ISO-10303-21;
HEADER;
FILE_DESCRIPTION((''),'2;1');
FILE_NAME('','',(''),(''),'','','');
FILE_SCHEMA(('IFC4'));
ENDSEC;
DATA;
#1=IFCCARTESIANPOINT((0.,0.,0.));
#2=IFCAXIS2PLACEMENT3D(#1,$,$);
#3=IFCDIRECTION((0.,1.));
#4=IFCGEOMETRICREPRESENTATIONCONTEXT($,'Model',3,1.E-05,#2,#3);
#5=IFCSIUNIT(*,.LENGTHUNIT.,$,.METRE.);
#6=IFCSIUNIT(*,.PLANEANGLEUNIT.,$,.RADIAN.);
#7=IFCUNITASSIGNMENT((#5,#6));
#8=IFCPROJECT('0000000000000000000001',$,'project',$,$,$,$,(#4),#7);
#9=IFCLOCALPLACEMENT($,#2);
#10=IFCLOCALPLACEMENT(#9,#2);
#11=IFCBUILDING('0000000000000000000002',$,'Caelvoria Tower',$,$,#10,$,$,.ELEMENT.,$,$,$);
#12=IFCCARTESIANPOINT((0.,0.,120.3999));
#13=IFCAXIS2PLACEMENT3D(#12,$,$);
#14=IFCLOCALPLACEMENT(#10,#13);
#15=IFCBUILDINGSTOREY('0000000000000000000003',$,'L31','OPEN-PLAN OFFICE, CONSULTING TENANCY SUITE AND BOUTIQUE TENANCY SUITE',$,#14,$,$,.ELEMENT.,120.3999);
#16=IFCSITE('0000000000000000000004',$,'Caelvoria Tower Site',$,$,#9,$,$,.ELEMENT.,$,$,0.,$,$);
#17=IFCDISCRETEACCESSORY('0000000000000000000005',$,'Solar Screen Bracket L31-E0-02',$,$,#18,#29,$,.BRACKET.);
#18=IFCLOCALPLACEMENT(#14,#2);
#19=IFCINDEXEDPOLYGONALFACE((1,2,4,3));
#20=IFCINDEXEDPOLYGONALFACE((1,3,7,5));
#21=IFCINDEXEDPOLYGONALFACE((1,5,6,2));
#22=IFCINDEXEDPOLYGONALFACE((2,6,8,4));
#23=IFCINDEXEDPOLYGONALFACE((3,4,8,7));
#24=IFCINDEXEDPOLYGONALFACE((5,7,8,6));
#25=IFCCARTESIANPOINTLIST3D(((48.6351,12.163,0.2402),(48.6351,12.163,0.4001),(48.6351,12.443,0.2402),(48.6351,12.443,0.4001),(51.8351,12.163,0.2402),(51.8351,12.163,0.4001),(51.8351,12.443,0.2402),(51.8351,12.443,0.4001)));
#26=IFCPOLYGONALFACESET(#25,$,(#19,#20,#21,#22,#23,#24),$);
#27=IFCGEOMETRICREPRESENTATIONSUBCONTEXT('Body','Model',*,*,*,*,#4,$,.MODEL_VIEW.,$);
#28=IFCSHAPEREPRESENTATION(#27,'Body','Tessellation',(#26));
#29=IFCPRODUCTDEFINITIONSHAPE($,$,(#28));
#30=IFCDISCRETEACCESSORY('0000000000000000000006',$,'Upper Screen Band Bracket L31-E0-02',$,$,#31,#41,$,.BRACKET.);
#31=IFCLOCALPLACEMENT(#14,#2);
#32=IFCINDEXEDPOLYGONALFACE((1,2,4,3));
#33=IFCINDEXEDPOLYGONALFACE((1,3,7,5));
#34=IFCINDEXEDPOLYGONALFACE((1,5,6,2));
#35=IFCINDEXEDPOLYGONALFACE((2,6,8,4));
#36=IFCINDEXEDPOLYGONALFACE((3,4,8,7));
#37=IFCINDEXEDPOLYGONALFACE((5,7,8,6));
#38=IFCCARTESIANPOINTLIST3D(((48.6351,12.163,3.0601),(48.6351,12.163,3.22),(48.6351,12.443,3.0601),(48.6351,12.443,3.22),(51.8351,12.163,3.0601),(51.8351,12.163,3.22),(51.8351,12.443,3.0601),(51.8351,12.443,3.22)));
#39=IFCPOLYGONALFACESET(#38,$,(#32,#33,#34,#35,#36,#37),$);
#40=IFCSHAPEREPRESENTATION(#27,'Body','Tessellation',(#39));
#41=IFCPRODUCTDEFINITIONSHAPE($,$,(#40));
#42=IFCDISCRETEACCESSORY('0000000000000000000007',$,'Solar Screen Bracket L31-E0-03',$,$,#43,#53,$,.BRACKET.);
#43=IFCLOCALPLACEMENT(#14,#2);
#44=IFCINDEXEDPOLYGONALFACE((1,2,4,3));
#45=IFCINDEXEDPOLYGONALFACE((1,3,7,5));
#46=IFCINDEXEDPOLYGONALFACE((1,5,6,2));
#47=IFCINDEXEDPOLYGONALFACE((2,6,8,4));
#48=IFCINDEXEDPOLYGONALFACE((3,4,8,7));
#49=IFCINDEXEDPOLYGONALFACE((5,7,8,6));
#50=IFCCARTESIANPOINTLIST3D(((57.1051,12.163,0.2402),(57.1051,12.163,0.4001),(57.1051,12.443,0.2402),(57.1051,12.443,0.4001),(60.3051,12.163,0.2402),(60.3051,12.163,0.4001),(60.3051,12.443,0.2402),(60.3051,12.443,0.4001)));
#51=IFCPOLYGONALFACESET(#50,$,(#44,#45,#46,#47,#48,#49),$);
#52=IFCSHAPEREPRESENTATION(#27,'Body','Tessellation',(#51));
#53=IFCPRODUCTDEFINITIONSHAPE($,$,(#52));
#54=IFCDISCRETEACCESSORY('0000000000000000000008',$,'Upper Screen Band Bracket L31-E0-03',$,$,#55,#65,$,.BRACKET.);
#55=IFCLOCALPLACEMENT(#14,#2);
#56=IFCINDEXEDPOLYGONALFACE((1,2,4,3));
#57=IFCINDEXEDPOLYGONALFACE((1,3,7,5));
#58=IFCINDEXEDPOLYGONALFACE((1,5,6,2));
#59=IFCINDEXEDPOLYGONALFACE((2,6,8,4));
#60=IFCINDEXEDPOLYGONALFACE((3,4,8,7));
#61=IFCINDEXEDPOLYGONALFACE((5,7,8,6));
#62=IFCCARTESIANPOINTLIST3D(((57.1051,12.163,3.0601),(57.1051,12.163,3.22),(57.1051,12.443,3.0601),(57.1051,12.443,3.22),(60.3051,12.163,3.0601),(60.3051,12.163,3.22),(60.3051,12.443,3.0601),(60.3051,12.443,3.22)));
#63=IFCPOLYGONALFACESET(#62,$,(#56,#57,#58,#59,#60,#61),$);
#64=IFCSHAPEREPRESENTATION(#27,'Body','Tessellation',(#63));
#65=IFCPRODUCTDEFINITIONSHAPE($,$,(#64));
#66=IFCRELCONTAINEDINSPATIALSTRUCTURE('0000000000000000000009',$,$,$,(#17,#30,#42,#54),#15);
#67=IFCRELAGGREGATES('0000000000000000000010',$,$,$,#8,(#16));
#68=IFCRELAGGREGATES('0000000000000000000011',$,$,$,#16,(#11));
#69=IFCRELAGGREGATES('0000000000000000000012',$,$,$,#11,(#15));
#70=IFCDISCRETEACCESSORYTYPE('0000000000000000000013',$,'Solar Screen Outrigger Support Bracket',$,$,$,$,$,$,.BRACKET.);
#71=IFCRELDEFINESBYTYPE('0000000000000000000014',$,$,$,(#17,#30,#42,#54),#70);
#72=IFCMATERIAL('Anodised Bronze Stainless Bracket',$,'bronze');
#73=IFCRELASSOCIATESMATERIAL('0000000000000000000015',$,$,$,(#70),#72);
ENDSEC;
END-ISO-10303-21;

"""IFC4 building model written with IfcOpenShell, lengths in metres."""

from ifc_helpers import new_model, si_unit, direction, frame, origin, origin_2d, place, context, subcontext, project, spatial, rectangle, extrude, material, type_object, element, save


model = new_model("IFC4")

# Units and contexts
model_context = context("Model", 3, precision=1e-05, world=origin(), true_north=direction((0.0, 1.0)))
body_context = subcontext(model_context, "Body", "Model", "MODEL_VIEW")
ifc_project = project(units=[si_unit("LENGTHUNIT", "METRE"), si_unit("PLANEANGLEUNIT", "RADIAN")], contexts=[model_context])

# Site, building, storey
site_placement = place(None, origin())
site = spatial("IfcSite", under=ifc_project, at=site_placement, Name="Caelvoria Tower Site", CompositionType="ELEMENT", RefElevation=0.0)
building_placement = place(site_placement, origin())
building = spatial("IfcBuilding", under=site, at=building_placement, Name="Caelvoria Tower", CompositionType="ELEMENT")
storey_placement = place(building_placement, frame((0.0, 0.0, 120.3999)))
storey = spatial("IfcBuildingStorey", under=building, at=storey_placement, Name="L31", Description="OPEN-PLAN OFFICE, CONSULTING TENANCY SUITE AND BOUTIQUE TENANCY SUITE", CompositionType="ELEMENT", Elevation=120.3999)

# Discrete accessories
ifc_material_1 = material(Name="Anodised Bronze Stainless Bracket", Category="bronze")
discrete_accessory_type = type_object("IfcDiscreteAccessoryType", Name="Solar Screen Outrigger Support Bracket", PredefinedType="BRACKET", material=ifc_material_1)
for number, where, z_axis, x_axis, name in (
    (1, (50.2351, 12.303, 0.2402), (0.0, 0.0, 1.0), (1.0, 0.0, 0.0), "Solar Screen Bracket L31-E0-02"),
    (2, (50.2351, 12.303, 3.0601), (0.0, 0.0, 1.0), (1.0, 0.0, 0.0), "Upper Screen Band Bracket L31-E0-02"),
    (3, (58.7051, 12.303, 0.2402), (0.0, 0.0, 1.0), (1.0, 0.0, 0.0), "Solar Screen Bracket L31-E0-03"),
    (4, (58.7051, 12.303, 3.0601), (0.0, 0.0, 1.0), (1.0, 0.0, 0.0), "Upper Screen Band Bracket L31-E0-03"),
):
    element("IfcDiscreteAccessory", number, at=place(storey_placement, frame(where, z_axis=z_axis, x_axis=x_axis)), inside=storey, type_object=discrete_accessory_type, Name=name, PredefinedType="BRACKET", context=body_context, shape_type="SweptSolid", body=[
        extrude(rectangle(XDim=3.2, YDim=0.28, at=origin_2d()), origin(), (0.0, 0.0, 1.0), 0.1599),
    ])

save(model, "model.ifc")
